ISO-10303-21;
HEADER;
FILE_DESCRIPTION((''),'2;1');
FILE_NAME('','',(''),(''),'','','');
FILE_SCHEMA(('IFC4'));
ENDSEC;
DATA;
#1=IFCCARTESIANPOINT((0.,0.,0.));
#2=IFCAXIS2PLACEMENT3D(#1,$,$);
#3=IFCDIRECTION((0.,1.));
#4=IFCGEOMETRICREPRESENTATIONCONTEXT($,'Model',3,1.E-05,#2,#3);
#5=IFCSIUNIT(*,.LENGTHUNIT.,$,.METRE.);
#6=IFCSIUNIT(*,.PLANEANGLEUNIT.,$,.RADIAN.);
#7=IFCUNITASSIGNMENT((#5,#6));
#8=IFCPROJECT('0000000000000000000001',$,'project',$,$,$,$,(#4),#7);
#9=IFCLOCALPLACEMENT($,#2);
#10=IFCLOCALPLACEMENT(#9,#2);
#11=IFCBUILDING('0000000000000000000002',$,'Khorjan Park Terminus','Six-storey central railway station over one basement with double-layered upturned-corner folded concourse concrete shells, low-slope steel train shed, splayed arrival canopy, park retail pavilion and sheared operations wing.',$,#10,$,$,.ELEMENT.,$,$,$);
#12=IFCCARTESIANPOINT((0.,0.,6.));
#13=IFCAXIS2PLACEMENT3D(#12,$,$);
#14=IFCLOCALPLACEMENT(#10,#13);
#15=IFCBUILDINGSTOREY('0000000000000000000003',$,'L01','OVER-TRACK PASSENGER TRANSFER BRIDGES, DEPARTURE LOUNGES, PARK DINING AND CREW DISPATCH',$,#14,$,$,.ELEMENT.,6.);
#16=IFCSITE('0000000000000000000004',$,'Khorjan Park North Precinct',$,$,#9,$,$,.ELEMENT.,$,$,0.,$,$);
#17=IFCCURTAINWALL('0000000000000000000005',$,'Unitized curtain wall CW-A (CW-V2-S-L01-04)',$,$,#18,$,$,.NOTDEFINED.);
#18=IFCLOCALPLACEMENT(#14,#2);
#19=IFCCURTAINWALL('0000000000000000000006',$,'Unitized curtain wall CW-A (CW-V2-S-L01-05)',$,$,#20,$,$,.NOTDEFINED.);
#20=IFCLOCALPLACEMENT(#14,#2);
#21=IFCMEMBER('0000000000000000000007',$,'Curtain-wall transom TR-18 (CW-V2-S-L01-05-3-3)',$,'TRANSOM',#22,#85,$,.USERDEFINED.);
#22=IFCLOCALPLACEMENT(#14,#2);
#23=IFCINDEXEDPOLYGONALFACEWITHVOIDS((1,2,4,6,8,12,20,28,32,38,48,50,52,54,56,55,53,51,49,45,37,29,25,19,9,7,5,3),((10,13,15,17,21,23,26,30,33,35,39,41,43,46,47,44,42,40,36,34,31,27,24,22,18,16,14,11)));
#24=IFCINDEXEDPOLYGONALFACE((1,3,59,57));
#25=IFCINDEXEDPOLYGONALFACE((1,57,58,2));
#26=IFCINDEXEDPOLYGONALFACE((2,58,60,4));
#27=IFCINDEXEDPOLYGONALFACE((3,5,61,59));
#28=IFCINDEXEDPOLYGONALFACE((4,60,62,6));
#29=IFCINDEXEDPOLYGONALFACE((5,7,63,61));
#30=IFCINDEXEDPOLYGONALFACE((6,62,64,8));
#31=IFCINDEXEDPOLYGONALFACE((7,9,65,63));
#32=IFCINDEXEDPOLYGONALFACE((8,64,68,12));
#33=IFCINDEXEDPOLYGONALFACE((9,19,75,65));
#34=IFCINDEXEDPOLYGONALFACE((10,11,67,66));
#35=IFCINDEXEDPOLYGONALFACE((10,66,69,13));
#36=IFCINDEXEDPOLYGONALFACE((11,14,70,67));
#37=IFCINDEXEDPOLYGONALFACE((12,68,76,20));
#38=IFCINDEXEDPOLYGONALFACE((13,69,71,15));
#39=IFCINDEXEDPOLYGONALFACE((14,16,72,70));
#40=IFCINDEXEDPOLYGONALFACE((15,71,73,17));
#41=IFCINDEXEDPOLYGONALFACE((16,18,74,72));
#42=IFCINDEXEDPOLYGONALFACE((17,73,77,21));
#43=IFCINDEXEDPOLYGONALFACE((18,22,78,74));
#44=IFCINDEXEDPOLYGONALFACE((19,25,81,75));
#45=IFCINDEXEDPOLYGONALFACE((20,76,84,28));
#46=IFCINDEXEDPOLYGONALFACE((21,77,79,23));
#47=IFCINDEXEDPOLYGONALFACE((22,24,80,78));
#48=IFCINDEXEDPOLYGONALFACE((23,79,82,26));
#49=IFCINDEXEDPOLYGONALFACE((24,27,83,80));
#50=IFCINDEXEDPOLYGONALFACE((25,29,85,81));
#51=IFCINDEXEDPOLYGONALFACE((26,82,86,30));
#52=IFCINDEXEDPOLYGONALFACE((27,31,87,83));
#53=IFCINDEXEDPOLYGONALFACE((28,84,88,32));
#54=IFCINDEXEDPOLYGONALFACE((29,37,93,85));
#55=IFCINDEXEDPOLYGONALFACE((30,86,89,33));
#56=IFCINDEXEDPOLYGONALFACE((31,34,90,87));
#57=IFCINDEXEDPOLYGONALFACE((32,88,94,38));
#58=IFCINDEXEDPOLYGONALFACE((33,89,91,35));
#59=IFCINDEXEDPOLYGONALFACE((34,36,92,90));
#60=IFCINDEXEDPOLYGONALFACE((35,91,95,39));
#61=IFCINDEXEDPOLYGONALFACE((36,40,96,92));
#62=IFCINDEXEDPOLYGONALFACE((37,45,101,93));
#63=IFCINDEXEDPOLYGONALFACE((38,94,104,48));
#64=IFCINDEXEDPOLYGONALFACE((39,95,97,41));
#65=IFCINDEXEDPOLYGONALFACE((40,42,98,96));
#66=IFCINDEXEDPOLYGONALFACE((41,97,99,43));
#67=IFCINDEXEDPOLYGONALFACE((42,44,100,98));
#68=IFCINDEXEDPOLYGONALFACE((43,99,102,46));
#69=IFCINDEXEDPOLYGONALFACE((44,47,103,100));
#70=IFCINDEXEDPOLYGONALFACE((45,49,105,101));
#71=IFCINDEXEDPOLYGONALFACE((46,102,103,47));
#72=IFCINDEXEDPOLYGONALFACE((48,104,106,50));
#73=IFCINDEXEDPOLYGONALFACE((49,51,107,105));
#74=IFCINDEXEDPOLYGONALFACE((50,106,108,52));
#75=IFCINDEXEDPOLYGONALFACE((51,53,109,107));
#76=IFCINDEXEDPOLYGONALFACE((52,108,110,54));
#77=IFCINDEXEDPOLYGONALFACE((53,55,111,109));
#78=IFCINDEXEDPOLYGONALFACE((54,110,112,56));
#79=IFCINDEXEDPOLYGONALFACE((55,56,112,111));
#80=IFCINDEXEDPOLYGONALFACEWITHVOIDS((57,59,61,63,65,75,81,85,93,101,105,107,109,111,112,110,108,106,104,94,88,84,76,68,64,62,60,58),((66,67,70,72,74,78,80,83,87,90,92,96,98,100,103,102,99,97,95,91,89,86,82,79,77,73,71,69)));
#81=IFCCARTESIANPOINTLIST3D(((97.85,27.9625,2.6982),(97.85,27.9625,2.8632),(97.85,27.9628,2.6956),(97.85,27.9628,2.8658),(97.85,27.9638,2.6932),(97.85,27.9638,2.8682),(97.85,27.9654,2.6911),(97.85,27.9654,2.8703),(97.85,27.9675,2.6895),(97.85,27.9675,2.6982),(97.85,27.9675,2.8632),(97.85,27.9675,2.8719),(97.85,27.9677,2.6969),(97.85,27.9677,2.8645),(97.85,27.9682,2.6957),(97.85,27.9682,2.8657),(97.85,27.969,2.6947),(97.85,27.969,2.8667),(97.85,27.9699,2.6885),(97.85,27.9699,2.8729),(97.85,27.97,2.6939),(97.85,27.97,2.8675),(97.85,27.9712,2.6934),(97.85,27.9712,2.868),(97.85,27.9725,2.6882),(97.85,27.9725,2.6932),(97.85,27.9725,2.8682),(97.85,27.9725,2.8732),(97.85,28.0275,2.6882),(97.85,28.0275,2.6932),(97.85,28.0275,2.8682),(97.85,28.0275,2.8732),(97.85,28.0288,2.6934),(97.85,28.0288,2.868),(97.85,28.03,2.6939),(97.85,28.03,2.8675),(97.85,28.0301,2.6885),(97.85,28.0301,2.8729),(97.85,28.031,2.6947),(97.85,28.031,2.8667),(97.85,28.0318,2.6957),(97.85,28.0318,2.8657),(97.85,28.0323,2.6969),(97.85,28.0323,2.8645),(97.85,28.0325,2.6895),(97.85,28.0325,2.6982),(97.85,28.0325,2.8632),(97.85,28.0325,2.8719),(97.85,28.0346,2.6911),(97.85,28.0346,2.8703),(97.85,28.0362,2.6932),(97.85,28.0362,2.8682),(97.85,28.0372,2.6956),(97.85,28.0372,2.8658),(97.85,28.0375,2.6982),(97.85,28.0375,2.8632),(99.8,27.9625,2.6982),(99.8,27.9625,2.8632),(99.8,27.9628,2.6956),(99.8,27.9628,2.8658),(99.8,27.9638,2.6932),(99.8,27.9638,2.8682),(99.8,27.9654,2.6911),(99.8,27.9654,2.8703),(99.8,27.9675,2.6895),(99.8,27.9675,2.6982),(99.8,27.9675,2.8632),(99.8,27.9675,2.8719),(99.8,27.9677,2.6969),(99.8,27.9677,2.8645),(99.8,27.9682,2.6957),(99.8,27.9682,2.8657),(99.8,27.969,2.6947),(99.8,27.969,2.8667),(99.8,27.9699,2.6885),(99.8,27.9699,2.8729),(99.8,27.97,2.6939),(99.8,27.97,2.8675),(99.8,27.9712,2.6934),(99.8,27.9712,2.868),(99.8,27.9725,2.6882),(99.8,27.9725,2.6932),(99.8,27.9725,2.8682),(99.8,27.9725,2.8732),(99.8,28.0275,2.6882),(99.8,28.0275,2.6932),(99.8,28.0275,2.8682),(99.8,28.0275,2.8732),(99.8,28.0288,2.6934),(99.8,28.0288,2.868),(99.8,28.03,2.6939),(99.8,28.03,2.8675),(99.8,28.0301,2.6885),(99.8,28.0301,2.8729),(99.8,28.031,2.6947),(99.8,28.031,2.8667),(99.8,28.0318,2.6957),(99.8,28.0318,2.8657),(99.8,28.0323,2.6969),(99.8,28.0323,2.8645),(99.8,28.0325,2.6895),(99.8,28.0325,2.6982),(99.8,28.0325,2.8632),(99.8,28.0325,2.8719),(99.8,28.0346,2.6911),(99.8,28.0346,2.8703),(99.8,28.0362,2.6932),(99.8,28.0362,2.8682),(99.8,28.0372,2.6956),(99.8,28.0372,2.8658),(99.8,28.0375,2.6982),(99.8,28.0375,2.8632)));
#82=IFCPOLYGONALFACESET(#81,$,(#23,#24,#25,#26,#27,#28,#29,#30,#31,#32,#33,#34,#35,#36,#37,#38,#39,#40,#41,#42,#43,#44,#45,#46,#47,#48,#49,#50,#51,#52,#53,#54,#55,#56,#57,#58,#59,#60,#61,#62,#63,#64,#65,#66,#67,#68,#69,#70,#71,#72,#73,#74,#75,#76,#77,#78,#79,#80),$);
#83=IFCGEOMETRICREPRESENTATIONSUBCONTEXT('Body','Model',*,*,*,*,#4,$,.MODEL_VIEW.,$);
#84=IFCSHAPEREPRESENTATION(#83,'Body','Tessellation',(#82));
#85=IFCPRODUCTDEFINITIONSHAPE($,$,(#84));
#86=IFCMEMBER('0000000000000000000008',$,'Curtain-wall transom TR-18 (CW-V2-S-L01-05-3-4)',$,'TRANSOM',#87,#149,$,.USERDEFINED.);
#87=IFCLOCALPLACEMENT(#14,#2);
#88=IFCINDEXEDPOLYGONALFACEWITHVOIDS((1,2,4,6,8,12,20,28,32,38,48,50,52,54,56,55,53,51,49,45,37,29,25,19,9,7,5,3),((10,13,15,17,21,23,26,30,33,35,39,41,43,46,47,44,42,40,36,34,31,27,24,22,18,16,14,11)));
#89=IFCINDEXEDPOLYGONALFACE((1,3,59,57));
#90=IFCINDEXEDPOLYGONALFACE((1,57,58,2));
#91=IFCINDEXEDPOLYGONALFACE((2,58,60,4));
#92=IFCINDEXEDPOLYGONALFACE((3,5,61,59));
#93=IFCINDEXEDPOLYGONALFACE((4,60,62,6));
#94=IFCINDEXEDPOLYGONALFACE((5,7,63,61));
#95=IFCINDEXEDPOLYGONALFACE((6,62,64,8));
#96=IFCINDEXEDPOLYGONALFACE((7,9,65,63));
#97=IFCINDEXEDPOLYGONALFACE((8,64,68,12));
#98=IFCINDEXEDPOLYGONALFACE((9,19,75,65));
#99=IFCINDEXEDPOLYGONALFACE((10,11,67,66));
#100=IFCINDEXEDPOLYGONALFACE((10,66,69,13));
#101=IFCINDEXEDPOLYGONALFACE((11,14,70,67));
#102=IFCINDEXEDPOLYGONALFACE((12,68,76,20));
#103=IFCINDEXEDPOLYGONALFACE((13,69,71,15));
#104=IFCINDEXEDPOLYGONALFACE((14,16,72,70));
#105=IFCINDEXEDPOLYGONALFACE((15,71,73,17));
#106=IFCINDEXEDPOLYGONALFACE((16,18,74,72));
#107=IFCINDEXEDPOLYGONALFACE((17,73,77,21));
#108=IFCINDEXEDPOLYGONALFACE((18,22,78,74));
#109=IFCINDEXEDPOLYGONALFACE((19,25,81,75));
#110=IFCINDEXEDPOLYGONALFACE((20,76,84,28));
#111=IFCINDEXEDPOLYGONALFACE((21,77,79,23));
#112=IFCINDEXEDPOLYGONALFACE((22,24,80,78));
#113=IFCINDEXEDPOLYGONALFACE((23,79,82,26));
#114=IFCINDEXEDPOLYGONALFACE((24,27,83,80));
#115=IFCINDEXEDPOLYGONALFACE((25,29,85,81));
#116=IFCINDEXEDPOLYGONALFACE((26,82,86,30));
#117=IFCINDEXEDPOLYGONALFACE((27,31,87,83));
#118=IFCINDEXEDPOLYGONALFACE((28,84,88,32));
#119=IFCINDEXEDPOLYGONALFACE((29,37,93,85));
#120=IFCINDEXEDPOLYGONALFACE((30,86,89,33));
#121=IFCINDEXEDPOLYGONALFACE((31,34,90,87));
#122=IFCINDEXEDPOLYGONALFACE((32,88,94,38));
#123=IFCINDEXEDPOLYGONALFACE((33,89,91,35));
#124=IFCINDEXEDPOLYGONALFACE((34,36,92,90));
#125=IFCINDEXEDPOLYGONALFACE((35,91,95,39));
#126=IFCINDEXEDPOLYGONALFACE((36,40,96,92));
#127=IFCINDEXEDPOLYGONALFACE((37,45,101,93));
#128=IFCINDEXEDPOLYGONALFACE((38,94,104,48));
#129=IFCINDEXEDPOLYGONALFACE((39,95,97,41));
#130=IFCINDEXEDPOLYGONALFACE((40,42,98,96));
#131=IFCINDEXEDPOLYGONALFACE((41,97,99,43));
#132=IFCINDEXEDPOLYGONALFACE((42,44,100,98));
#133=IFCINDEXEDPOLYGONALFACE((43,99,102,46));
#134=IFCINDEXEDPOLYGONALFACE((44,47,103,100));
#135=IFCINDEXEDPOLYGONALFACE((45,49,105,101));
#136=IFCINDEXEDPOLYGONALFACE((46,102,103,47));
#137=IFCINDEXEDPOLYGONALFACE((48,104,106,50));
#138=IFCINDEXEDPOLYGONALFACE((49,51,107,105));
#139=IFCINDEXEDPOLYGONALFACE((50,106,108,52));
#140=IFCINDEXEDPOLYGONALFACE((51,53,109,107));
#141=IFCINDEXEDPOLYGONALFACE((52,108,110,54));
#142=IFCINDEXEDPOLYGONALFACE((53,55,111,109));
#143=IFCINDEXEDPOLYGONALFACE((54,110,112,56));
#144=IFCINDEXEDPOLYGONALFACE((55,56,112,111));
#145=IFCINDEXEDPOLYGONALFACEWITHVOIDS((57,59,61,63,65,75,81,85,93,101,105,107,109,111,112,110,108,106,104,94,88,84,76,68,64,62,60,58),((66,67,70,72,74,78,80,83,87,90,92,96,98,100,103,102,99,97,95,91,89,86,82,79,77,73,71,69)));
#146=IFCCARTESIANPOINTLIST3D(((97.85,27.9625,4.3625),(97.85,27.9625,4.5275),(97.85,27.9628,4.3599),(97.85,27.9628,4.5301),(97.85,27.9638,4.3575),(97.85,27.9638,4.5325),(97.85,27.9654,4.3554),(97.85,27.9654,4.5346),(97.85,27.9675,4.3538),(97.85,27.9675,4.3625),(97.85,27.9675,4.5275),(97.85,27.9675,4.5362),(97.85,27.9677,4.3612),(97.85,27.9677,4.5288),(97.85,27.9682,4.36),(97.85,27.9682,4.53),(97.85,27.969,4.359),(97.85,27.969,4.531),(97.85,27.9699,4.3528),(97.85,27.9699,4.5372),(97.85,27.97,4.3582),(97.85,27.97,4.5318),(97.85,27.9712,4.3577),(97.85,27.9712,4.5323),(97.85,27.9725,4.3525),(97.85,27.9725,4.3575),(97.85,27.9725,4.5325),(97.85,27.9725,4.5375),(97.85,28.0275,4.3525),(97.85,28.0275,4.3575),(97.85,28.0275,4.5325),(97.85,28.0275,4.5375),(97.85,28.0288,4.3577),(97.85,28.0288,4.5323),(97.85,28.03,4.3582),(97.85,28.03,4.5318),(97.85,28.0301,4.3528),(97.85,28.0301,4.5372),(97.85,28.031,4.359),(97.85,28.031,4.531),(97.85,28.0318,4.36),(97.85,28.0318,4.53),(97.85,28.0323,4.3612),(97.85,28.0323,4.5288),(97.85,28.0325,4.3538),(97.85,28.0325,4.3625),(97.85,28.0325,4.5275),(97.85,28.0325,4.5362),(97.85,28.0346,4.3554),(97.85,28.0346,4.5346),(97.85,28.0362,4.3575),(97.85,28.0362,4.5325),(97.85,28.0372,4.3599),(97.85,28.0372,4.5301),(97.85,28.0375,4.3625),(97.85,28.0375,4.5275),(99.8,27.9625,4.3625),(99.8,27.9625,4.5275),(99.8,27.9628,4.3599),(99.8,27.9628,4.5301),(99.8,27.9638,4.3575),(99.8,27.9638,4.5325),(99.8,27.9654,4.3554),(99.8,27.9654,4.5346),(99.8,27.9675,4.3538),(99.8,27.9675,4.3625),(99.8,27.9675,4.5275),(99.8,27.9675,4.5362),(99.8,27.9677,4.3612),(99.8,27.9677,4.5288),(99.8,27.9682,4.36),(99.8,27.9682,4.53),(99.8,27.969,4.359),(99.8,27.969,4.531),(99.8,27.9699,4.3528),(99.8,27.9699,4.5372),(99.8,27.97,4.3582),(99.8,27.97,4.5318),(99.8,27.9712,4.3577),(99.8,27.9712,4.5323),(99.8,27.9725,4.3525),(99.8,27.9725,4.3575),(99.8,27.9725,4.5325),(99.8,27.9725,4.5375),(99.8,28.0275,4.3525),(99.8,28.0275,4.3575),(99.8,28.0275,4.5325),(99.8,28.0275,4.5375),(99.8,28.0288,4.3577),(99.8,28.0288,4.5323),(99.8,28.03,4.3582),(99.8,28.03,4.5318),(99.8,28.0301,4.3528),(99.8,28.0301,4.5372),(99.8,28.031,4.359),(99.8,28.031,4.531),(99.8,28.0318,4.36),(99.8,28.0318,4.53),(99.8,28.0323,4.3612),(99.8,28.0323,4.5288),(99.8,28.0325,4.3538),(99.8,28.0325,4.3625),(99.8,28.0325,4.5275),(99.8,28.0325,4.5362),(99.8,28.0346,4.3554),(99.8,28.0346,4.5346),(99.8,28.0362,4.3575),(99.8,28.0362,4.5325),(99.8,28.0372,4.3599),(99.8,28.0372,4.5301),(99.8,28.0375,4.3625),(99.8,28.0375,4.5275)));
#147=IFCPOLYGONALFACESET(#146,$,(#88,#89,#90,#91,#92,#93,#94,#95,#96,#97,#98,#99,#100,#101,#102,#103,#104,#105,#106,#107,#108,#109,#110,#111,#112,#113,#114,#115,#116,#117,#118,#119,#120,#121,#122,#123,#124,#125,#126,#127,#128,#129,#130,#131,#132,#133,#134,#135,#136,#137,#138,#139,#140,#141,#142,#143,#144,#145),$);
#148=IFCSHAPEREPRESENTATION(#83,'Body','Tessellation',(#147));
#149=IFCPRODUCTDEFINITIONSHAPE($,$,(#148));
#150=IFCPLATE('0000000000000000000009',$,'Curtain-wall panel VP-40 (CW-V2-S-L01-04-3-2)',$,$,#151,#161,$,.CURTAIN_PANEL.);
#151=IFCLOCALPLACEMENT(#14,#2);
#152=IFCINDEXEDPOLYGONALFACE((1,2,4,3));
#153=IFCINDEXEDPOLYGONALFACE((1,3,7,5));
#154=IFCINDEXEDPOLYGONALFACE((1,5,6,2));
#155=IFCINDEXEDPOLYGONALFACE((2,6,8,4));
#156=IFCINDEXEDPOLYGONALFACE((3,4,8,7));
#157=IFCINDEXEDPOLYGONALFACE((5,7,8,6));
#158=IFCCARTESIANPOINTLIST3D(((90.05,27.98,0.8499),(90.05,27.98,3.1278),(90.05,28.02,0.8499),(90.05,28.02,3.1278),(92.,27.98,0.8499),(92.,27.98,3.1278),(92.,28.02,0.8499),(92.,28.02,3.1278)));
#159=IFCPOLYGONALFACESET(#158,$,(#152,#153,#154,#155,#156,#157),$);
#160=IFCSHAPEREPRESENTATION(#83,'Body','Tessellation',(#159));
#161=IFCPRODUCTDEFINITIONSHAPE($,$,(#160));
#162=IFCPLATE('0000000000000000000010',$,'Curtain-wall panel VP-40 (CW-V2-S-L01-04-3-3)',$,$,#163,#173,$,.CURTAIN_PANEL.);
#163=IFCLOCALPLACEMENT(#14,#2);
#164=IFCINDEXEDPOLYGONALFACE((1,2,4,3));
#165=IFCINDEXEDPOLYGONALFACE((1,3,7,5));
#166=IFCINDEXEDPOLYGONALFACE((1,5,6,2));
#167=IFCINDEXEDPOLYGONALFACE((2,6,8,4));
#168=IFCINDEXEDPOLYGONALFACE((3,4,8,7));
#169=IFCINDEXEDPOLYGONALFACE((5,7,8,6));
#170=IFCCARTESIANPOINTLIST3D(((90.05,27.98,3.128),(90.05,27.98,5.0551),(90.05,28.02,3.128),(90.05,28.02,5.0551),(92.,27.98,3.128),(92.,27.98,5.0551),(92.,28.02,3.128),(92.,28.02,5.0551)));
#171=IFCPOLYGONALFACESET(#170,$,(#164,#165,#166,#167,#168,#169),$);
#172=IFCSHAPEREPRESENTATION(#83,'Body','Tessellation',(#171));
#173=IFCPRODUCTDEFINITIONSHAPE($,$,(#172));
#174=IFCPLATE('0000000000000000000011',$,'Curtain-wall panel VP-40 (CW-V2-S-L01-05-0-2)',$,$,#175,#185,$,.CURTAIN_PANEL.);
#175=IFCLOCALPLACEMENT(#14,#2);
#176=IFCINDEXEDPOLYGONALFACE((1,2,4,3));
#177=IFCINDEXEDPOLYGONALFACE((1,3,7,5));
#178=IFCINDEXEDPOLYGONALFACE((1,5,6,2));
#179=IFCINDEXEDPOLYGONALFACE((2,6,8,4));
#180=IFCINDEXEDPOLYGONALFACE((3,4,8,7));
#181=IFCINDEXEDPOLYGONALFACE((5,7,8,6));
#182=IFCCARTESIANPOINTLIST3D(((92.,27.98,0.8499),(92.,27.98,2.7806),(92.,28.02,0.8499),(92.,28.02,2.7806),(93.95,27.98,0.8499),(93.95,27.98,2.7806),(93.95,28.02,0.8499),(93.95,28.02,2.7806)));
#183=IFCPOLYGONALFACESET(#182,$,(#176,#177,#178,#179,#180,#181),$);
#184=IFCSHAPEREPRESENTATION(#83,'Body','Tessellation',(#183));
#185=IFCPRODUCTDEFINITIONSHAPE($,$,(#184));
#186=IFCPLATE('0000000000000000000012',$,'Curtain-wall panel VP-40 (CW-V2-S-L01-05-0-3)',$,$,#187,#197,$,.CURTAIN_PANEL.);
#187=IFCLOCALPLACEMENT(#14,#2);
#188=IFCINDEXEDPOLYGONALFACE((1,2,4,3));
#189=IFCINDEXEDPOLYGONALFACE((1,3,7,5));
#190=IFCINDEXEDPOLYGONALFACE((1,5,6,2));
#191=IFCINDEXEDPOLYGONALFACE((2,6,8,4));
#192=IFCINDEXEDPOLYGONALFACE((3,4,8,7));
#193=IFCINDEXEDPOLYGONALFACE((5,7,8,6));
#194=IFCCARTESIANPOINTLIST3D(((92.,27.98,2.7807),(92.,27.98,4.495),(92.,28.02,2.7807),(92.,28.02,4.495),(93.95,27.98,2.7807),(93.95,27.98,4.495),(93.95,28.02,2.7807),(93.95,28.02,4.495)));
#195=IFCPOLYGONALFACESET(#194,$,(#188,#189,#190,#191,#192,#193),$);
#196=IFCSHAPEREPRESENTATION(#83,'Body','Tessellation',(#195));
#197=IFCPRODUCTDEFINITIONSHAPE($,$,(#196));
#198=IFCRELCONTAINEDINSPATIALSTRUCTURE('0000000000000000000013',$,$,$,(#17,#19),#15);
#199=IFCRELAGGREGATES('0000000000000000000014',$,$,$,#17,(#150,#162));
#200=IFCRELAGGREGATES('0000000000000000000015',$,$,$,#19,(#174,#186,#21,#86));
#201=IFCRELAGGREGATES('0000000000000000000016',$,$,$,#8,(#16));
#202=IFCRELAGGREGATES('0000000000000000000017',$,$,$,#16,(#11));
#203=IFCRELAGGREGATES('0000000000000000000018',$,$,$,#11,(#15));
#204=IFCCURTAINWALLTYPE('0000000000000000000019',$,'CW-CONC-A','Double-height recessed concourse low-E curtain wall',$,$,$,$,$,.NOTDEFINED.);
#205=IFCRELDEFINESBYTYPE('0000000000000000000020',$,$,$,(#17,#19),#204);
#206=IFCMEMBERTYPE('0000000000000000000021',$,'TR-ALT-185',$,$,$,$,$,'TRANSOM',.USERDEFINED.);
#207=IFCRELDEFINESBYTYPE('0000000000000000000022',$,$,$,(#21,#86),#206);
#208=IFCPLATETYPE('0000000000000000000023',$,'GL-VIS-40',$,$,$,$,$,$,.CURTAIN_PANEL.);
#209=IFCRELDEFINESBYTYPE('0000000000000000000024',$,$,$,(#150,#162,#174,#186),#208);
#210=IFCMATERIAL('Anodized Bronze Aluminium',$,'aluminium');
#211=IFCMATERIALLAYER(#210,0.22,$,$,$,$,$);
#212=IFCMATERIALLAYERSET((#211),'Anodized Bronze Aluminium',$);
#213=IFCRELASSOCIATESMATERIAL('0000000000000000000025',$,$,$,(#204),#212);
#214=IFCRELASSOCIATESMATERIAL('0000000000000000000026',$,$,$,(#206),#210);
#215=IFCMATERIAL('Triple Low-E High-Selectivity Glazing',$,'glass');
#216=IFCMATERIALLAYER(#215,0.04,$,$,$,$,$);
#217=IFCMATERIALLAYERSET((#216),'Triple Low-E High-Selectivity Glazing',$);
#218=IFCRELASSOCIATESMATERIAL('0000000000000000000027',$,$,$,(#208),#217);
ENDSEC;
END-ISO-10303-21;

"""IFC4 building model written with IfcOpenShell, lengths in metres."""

from ifc_helpers import new_model, si_unit, direction, frame, origin, origin_2d, place, context, subcontext, project, spatial, rectangle, hollow_rectangle, extrude, material, layer, layer_set, material_profile, profile_set, type_object, element, aggregate, save


model = new_model("IFC4")

# Units and contexts
model_context = context("Model", 3, precision=1e-05, world=origin(), true_north=direction((0.0, 1.0)))
body_context = subcontext(model_context, "Body", "Model", "MODEL_VIEW")
ifc_project = project(units=[si_unit("LENGTHUNIT", "METRE"), si_unit("PLANEANGLEUNIT", "RADIAN")], contexts=[model_context])

# Site, building, storey
site_placement = place(None, origin())
site = spatial("IfcSite", under=ifc_project, at=site_placement, Name="Khorjan Park North Precinct", CompositionType="ELEMENT", RefElevation=0.0)
building_placement = place(site_placement, origin())
building = spatial("IfcBuilding", under=site, at=building_placement, Name="Khorjan Park Terminus", Description="Six-storey central railway station over one basement with double-layered upturned-corner folded concourse concrete shells, low-slope steel train shed, splayed arrival canopy, park retail pavilion and sheared operations wing.", CompositionType="ELEMENT")
storey_placement = place(building_placement, frame((0.0, 0.0, 6.0)))
storey = spatial("IfcBuildingStorey", under=building, at=storey_placement, Name="L01", Description="OVER-TRACK PASSENGER TRANSFER BRIDGES, DEPARTURE LOUNGES, PARK DINING AND CREW DISPATCH", CompositionType="ELEMENT", Elevation=6.0)

# Curtain wall
ifc_material_1 = material(Name="Anodized Bronze Aluminium", Category="aluminium")
ifc_layer_1 = layer(ifc_material_1, 0.22)
ifc_layer_set_1 = layer_set([ifc_layer_1], Name="Anodized Bronze Aluminium")
curtain_wall_type = type_object("IfcCurtainWallType", Name="CW-CONC-A", Description="Double-height recessed concourse low-E curtain wall", PredefinedType="NOTDEFINED", material=ifc_layer_set_1)
curtain_wall_1_placement = place(storey_placement, origin())
curtain_wall_1 = element("IfcCurtainWall", 1, at=curtain_wall_1_placement, inside=storey, type_object=curtain_wall_type, Name="Unitized curtain wall CW-A (CW-V2-S-L01-04)", PredefinedType="NOTDEFINED")

# Curtain wall
curtain_wall_2_placement = place(storey_placement, origin())
curtain_wall_2 = element("IfcCurtainWall", 2, at=curtain_wall_2_placement, inside=storey, type_object=curtain_wall_type, Name="Unitized curtain wall CW-A (CW-V2-S-L01-05)", PredefinedType="NOTDEFINED")

# Members
ifc_material_profile_1 = material_profile(ifc_material_1, hollow_rectangle(XDim=0.075, YDim=0.185, WallThickness=0.005, InnerFilletRadius=0.005, OuterFilletRadius=0.01, at=origin_2d()), Name="ALT 75x185x5")
ifc_profile_set_1 = profile_set([ifc_material_profile_1], Name="Anodized Bronze Aluminium")
member_type_1 = type_object("IfcMemberType", Name="TR-ALT-185", ElementType="TRANSOM", PredefinedType="USERDEFINED", material=ifc_profile_set_1)
member_1_placement = place(storey_placement, frame((97.85, 28.0, 2.7807), z_axis=(1.0, 0.0, 0.0), x_axis=(0.0, 1.0, 0.0)))
member_1 = element("IfcMember", 3, at=member_1_placement, type_object=member_type_1, Name="Curtain-wall transom TR-18 (CW-V2-S-L01-05-3-3)", ObjectType="TRANSOM", PredefinedType="USERDEFINED", context=body_context, shape_type="SweptSolid", body=[
    extrude(hollow_rectangle(XDim=0.075, YDim=0.185, WallThickness=0.005, InnerFilletRadius=0.005, OuterFilletRadius=0.01, at=origin_2d()), origin(), (0.0, 0.0, 1.0), 1.95),
])
member_2_placement = place(storey_placement, frame((97.85, 28.0, 4.445), z_axis=(1.0, 0.0, 0.0), x_axis=(0.0, 1.0, 0.0)))
member_2 = element("IfcMember", 4, at=member_2_placement, type_object=member_type_1, Name="Curtain-wall transom TR-18 (CW-V2-S-L01-05-3-4)", ObjectType="TRANSOM", PredefinedType="USERDEFINED", context=body_context, shape_type="SweptSolid", body=[
    extrude(hollow_rectangle(XDim=0.075, YDim=0.185, WallThickness=0.005, InnerFilletRadius=0.005, OuterFilletRadius=0.01, at=origin_2d()), origin(), (0.0, 0.0, 1.0), 1.95),
])

# Plates
ifc_material_2 = material(Name="Triple Low-E High-Selectivity Glazing", Category="glass")
ifc_layer_2 = layer(ifc_material_2, 0.04)
ifc_layer_set_2 = layer_set([ifc_layer_2], Name="Triple Low-E High-Selectivity Glazing")
plate_type_1 = type_object("IfcPlateType", Name="GL-VIS-40", PredefinedType="CURTAIN_PANEL", material=ifc_layer_set_2)
plate_1_placement = place(storey_placement, frame((91.025, 28.0, 0.8499), z_axis=(0.0, 0.0, 1.0), x_axis=(1.0, 0.0, 0.0)))
plate_1 = element("IfcPlate", 5, at=plate_1_placement, type_object=plate_type_1, Name="Curtain-wall panel VP-40 (CW-V2-S-L01-04-3-2)", PredefinedType="CURTAIN_PANEL", context=body_context, shape_type="SweptSolid", body=[
    extrude(rectangle(XDim=1.95, YDim=0.04, at=origin_2d()), origin(), (0.0, 0.0, 1.0), 2.2779),
])
plate_2_placement = place(storey_placement, frame((91.025, 28.0, 3.128), z_axis=(0.0, 0.0, 1.0), x_axis=(1.0, 0.0, 0.0)))
plate_2 = element("IfcPlate", 6, at=plate_2_placement, type_object=plate_type_1, Name="Curtain-wall panel VP-40 (CW-V2-S-L01-04-3-3)", PredefinedType="CURTAIN_PANEL", context=body_context, shape_type="SweptSolid", body=[
    extrude(rectangle(XDim=1.95, YDim=0.04, at=origin_2d()), origin(), (0.0, 0.0, 1.0), 1.9271),
])
plate_3_placement = place(storey_placement, frame((92.975, 28.0, 0.8499), z_axis=(0.0, 0.0, 1.0), x_axis=(1.0, 0.0, 0.0)))
plate_3 = element("IfcPlate", 7, at=plate_3_placement, type_object=plate_type_1, Name="Curtain-wall panel VP-40 (CW-V2-S-L01-05-0-2)", PredefinedType="CURTAIN_PANEL", context=body_context, shape_type="SweptSolid", body=[
    extrude(rectangle(XDim=1.95, YDim=0.04, at=origin_2d()), origin(), (0.0, 0.0, 1.0), 1.9307),
])
plate_4_placement = place(storey_placement, frame((92.975, 28.0, 2.7807), z_axis=(0.0, 0.0, 1.0), x_axis=(1.0, 0.0, 0.0)))
plate_4 = element("IfcPlate", 8, at=plate_4_placement, type_object=plate_type_1, Name="Curtain-wall panel VP-40 (CW-V2-S-L01-05-0-3)", PredefinedType="CURTAIN_PANEL", context=body_context, shape_type="SweptSolid", body=[
    extrude(rectangle(XDim=1.95, YDim=0.04, at=origin_2d()), origin(), (0.0, 0.0, 1.0), 1.7143),
])
aggregate(curtain_wall_1, [plate_1, plate_2])
aggregate(curtain_wall_2, [plate_3, plate_4, member_1, member_2])

save(model, "model.ifc")
